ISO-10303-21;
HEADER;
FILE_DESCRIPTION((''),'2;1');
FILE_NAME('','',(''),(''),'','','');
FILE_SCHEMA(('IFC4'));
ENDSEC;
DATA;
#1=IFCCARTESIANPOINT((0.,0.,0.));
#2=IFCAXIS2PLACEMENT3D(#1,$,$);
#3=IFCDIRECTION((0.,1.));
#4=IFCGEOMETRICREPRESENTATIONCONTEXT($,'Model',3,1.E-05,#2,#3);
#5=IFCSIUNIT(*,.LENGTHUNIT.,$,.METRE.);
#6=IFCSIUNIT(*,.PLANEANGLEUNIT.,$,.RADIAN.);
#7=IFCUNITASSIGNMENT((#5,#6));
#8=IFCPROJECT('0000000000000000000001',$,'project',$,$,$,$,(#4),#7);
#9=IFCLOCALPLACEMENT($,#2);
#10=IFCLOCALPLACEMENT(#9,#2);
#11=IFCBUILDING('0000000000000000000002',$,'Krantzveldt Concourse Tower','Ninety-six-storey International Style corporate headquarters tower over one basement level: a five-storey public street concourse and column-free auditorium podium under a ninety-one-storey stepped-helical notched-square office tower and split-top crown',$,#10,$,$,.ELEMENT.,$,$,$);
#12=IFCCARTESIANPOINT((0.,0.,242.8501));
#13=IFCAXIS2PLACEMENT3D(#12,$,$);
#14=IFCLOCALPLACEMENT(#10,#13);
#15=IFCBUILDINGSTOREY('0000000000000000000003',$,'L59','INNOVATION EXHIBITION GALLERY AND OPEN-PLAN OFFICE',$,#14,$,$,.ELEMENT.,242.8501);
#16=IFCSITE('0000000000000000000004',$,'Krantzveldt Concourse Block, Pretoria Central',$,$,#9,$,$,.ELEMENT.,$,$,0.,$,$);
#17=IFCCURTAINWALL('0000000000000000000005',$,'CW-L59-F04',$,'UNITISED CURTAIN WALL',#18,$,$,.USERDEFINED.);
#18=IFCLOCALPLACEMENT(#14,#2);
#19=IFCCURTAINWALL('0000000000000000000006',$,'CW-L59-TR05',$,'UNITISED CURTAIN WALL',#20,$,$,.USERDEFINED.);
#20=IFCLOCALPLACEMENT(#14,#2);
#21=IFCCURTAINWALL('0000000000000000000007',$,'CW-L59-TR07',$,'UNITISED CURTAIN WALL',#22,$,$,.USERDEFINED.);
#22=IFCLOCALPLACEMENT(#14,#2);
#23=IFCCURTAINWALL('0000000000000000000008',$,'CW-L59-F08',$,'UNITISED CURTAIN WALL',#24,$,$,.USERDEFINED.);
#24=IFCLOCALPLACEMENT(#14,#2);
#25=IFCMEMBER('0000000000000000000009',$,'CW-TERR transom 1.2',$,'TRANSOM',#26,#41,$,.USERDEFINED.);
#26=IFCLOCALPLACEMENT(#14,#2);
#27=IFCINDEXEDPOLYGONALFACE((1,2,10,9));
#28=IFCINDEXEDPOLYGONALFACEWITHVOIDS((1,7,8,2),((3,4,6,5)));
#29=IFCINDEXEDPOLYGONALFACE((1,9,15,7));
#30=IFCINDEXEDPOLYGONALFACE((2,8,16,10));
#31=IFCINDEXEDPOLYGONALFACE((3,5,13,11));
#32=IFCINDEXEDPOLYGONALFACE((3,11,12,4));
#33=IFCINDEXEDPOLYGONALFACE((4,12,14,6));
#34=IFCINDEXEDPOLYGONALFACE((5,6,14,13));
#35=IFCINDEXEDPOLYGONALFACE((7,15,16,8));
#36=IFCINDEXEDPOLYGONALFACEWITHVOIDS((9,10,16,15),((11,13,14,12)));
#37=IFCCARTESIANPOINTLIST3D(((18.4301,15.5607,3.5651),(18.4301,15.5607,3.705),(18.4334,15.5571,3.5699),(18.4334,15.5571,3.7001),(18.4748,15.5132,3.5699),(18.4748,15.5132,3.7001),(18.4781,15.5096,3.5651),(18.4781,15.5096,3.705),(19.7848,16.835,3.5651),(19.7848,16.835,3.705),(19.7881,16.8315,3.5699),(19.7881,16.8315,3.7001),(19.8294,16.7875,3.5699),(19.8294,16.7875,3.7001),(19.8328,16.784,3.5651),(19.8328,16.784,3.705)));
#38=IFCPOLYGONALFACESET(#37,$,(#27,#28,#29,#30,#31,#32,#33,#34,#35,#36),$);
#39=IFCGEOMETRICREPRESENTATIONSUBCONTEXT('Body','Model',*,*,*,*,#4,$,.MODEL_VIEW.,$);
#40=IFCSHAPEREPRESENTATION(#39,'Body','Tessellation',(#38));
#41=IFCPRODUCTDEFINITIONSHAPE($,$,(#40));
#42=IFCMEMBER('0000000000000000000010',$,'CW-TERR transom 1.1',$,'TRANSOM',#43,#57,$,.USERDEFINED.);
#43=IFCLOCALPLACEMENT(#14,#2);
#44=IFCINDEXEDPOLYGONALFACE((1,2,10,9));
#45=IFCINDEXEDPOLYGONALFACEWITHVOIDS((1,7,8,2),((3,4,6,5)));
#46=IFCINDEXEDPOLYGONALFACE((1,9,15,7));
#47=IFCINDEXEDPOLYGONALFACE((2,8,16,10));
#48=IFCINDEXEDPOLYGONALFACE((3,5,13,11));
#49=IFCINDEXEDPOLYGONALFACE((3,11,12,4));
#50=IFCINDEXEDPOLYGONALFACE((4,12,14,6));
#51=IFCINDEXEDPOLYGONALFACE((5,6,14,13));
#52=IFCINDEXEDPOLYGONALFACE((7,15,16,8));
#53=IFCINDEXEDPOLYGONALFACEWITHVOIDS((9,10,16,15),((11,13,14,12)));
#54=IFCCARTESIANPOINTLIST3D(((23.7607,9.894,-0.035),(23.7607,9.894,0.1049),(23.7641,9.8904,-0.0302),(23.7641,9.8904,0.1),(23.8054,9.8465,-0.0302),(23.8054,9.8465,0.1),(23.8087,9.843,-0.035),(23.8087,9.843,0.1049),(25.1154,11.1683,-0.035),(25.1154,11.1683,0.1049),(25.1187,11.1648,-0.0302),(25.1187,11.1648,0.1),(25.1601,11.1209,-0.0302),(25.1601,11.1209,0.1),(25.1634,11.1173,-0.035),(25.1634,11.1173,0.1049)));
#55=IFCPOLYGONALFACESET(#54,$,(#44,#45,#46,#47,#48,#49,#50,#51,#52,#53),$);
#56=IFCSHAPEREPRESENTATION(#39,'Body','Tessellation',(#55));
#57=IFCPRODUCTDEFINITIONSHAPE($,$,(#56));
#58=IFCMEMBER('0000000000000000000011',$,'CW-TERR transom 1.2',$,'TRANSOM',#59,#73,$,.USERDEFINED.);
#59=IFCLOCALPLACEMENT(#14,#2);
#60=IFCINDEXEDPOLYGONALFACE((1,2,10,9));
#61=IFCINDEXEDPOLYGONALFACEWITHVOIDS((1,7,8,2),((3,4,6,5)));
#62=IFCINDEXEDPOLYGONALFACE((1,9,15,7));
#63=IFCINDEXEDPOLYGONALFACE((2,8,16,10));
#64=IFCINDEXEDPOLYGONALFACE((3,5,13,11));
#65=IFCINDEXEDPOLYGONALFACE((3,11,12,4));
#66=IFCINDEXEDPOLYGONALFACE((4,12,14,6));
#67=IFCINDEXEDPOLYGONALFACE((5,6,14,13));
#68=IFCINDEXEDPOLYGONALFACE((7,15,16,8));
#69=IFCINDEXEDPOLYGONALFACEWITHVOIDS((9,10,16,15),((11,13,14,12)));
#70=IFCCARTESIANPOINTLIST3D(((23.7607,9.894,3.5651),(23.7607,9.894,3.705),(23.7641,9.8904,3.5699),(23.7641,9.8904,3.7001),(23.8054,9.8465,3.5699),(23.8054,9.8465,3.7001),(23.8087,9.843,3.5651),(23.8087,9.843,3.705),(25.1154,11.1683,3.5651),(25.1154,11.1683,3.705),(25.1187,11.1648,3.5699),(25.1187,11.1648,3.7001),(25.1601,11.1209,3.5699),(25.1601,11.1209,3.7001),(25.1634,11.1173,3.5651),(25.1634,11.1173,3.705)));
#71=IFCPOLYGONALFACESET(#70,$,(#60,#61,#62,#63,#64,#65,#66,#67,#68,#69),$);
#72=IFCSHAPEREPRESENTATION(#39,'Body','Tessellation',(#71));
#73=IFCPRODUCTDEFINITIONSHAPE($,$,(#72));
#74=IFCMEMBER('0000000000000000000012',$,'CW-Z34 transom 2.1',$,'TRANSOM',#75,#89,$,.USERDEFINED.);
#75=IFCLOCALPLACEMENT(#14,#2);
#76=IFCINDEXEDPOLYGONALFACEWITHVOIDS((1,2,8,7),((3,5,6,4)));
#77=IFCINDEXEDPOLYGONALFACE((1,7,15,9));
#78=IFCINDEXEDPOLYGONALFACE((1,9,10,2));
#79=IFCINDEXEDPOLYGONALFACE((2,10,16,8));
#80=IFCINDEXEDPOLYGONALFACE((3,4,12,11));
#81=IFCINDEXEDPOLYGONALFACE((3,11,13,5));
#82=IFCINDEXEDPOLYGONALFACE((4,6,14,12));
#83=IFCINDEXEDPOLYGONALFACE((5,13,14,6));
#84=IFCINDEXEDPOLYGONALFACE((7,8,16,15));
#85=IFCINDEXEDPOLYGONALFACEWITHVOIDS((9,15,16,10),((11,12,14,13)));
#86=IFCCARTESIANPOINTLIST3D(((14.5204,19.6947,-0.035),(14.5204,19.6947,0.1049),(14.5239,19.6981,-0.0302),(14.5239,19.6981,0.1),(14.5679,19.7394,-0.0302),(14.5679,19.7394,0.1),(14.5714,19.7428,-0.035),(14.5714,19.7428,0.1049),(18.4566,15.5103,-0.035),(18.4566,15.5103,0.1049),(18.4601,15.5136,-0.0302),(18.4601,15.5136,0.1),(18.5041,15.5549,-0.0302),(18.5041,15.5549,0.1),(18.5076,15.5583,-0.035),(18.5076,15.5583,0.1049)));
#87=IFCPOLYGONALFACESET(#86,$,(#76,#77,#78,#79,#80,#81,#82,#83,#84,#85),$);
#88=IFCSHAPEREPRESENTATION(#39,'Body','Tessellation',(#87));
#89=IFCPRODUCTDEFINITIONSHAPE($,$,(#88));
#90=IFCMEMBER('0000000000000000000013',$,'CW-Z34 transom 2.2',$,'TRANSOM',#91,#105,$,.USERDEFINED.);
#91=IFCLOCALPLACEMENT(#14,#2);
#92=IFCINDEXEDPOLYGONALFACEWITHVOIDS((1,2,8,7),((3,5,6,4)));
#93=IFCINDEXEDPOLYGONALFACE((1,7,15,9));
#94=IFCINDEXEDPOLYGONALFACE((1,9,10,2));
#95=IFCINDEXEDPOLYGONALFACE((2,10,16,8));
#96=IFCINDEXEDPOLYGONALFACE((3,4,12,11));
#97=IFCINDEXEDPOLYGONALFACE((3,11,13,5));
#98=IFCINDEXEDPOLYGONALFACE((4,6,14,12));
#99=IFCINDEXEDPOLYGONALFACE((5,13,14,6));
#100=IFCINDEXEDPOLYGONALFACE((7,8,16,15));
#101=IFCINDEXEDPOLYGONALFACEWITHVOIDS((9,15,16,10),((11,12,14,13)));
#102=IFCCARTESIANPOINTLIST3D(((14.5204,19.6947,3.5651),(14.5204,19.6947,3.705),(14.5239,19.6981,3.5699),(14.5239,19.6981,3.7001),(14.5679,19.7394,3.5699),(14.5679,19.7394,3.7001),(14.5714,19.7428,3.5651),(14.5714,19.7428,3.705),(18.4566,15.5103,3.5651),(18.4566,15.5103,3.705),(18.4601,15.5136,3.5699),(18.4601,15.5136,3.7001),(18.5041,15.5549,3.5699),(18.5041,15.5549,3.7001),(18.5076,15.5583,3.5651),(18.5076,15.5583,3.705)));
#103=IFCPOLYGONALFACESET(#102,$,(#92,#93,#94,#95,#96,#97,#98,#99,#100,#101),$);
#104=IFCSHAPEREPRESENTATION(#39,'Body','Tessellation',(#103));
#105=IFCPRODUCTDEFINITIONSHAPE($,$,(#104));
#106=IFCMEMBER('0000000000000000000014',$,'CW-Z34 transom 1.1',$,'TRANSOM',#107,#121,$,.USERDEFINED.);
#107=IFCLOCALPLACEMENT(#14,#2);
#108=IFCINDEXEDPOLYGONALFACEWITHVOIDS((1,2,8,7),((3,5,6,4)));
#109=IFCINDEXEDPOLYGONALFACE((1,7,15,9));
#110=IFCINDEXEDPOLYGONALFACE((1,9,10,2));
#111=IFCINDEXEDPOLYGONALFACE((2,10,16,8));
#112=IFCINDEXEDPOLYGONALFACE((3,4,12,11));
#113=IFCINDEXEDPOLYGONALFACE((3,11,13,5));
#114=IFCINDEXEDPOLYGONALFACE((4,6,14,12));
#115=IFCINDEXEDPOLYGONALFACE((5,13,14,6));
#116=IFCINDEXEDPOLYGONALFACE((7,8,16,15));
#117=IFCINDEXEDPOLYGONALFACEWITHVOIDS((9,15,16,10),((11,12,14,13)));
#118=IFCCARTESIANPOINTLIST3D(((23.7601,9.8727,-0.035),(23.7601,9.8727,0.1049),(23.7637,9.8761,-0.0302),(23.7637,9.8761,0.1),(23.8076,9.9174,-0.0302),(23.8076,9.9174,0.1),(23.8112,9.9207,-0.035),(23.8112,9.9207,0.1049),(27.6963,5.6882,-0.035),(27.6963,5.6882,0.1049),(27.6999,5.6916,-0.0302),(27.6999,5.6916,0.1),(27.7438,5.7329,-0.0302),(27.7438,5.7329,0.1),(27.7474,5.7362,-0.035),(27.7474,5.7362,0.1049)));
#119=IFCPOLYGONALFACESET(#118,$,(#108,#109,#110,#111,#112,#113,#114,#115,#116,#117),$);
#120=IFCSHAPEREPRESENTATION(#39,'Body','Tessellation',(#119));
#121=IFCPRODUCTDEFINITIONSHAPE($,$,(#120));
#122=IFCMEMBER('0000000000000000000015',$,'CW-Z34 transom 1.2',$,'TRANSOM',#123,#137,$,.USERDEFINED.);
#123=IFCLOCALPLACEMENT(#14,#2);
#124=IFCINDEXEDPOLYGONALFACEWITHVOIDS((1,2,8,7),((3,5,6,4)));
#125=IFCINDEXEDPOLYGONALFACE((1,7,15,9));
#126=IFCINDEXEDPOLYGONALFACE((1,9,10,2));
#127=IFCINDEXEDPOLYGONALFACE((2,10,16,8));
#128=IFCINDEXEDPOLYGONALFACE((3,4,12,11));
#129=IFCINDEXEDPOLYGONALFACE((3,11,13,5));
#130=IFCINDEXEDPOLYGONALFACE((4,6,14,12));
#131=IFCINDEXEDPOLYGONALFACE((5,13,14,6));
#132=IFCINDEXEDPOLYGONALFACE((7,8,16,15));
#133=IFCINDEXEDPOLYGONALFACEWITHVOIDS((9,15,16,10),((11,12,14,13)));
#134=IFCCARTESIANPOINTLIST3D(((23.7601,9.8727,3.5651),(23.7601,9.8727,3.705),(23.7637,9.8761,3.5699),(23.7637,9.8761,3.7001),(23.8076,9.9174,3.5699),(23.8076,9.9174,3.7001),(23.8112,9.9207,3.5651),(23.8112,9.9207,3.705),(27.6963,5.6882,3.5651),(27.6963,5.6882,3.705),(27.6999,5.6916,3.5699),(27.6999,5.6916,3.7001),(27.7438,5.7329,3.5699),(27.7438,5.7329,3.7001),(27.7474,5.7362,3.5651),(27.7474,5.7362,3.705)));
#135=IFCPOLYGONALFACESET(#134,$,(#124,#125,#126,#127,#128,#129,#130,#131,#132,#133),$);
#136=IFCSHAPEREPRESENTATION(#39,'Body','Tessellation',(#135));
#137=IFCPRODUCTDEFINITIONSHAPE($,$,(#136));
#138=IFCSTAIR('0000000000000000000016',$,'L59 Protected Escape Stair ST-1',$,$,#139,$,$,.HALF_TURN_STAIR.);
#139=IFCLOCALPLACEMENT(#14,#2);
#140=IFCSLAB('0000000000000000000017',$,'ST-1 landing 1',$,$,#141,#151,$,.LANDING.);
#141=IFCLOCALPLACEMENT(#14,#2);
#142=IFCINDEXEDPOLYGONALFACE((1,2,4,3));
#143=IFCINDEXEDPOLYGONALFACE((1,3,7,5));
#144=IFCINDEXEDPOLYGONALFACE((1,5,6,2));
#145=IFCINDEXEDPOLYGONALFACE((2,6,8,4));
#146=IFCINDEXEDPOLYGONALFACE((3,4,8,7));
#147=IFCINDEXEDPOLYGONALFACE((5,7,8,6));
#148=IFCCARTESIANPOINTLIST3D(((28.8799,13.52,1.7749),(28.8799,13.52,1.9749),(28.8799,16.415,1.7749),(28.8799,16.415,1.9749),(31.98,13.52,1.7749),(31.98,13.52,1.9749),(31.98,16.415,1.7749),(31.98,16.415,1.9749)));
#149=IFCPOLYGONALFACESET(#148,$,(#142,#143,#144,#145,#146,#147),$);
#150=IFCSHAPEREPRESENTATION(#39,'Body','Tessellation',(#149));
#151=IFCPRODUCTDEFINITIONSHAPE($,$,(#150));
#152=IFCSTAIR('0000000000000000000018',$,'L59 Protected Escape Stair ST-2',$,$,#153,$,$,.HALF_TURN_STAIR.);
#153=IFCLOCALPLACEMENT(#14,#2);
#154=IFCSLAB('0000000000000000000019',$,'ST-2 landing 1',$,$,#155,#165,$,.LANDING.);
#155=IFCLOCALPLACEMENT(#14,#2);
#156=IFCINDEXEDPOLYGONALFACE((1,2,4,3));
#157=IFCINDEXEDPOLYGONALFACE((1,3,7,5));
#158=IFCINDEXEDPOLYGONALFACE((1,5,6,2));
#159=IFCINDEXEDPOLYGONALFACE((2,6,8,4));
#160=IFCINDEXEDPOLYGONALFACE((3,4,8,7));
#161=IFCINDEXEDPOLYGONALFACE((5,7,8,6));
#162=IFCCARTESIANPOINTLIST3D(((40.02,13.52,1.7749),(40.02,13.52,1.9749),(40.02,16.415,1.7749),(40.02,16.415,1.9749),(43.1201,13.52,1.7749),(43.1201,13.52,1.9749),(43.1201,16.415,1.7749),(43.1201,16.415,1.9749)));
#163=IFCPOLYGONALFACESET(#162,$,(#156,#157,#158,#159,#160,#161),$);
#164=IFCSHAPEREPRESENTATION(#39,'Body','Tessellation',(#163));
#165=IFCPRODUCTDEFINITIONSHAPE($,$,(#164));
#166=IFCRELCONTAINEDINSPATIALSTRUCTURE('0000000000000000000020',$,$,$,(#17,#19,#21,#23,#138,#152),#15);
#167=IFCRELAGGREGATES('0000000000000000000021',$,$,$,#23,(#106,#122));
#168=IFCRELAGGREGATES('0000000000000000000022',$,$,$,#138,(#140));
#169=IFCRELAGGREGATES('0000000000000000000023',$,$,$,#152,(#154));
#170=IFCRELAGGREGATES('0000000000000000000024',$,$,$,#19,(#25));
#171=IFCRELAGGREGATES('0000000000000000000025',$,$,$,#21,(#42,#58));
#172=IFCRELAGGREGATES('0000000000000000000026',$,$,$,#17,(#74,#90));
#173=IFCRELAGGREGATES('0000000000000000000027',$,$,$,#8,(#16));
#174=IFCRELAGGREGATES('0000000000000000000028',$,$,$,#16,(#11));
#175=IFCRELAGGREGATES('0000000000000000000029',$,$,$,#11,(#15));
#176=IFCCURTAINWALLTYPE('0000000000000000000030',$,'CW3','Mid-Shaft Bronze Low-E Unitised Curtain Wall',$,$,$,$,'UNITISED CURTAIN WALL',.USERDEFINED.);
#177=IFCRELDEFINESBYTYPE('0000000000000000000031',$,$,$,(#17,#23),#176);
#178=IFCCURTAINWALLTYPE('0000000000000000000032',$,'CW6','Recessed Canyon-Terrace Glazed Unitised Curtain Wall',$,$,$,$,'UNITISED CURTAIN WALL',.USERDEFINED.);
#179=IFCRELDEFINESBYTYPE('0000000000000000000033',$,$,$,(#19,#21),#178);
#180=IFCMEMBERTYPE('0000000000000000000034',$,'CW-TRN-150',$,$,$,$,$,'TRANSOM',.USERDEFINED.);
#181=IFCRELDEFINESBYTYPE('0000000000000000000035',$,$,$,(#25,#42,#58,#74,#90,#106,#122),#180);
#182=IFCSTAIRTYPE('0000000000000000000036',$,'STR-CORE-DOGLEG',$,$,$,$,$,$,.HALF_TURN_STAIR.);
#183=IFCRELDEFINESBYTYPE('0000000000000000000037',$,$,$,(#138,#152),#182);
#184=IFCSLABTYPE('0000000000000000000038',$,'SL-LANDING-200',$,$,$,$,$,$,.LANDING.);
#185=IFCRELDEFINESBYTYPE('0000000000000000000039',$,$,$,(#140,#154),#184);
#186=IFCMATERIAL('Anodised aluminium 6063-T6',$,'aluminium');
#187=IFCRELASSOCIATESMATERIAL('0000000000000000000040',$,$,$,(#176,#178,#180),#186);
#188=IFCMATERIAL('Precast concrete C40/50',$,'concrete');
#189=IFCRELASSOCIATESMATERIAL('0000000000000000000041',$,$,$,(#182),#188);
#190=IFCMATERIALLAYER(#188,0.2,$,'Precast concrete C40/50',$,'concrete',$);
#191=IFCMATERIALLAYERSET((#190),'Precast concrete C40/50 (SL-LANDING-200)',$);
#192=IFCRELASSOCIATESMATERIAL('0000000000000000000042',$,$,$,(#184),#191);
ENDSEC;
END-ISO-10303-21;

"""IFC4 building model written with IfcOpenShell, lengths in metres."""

from ifc_helpers import new_model, si_unit, direction, frame, origin, origin_2d, place, context, subcontext, project, spatial, polyline, hollow_rectangle, outline, extrude, source, transform, mapped, material, layer, layer_set, material_profile, profile_set, type_object, type_shapes, element, aggregate, save


model = new_model("IFC4")

# Units and contexts
model_context = context("Model", 3, precision=1e-05, world=origin(), true_north=direction((0.0, 1.0)))
body_context = subcontext(model_context, "Body", "Model", "MODEL_VIEW")
ifc_project = project(units=[si_unit("LENGTHUNIT", "METRE"), si_unit("PLANEANGLEUNIT", "RADIAN")], contexts=[model_context])

# Site, building, storey
site_placement = place(None, origin())
site = spatial("IfcSite", under=ifc_project, at=site_placement, Name="Krantzveldt Concourse Block, Pretoria Central", CompositionType="ELEMENT", RefElevation=0.0)
building_placement = place(site_placement, origin())
building = spatial("IfcBuilding", under=site, at=building_placement, Name="Krantzveldt Concourse Tower", Description="Ninety-six-storey International Style corporate headquarters tower over one basement level: a five-storey public street concourse and column-free auditorium podium under a ninety-one-storey stepped-helical notched-square office tower and split-top crown", CompositionType="ELEMENT")
storey_placement = place(building_placement, frame((0.0, 0.0, 242.8501)))
storey = spatial("IfcBuildingStorey", under=building, at=storey_placement, Name="L59", Description="INNOVATION EXHIBITION GALLERY AND OPEN-PLAN OFFICE", CompositionType="ELEMENT", Elevation=242.8501)

# Curtain walls
ifc_material_1 = material(Name="Anodised aluminium 6063-T6", Category="aluminium")
curtain_wall_type_1 = type_object("IfcCurtainWallType", Name="CW3", Description="Mid-Shaft Bronze Low-E Unitised Curtain Wall", ElementType="UNITISED CURTAIN WALL", PredefinedType="USERDEFINED", material=ifc_material_1)
curtain_wall_1_placement = place(storey_placement, origin())
curtain_wall_1 = element("IfcCurtainWall", 1, at=curtain_wall_1_placement, inside=storey, type_object=curtain_wall_type_1, Name="CW-L59-F04", ObjectType="UNITISED CURTAIN WALL", PredefinedType="USERDEFINED")
curtain_wall_type_2 = type_object("IfcCurtainWallType", Name="CW6", Description="Recessed Canyon-Terrace Glazed Unitised Curtain Wall", ElementType="UNITISED CURTAIN WALL", PredefinedType="USERDEFINED", material=ifc_material_1)
curtain_wall_2_placement = place(storey_placement, origin())
curtain_wall_2 = element("IfcCurtainWall", 2, at=curtain_wall_2_placement, inside=storey, type_object=curtain_wall_type_2, Name="CW-L59-TR05", ObjectType="UNITISED CURTAIN WALL", PredefinedType="USERDEFINED")

# Curtain walls
curtain_wall_3_placement = place(storey_placement, origin())
curtain_wall_3 = element("IfcCurtainWall", 3, at=curtain_wall_3_placement, inside=storey, type_object=curtain_wall_type_2, Name="CW-L59-TR07", ObjectType="UNITISED CURTAIN WALL", PredefinedType="USERDEFINED")
curtain_wall_4_placement = place(storey_placement, origin())
curtain_wall_4 = element("IfcCurtainWall", 4, at=curtain_wall_4_placement, inside=storey, type_object=curtain_wall_type_1, Name="CW-L59-F08", ObjectType="UNITISED CURTAIN WALL", PredefinedType="USERDEFINED")

# Members
ifc_material_profile_1 = material_profile(ifc_material_1, hollow_rectangle(XDim=0.0701, YDim=0.1399, WallThickness=0.0049, at=origin_2d()), Name="Anodised aluminium 6063-T6", Category="aluminium")
ifc_profile_set_1 = profile_set([ifc_material_profile_1], Name="Anodised aluminium 6063-T6 - ALU-TRAN 140x70x5")
member_type_1 = type_object("IfcMemberType", Name="CW-TRN-150", ElementType="TRANSOM", PredefinedType="USERDEFINED", material=ifc_profile_set_1)
shared_shape_1 = source(origin(), body_context, "Body", "SweptSolid", [
    extrude(hollow_rectangle(XDim=0.0701, YDim=0.1399, WallThickness=0.0049, at=origin_2d()), origin(), (0.0, 0.0, 1.0), 1.8599),
])
member_1_placement = place(storey_placement, frame((18.4541, 15.5352, 3.635), z_axis=(0.72837, 0.685185, 0.0), x_axis=(-0.685185, 0.72837, 0.0)))
member_1 = element("IfcMember", 5, at=member_1_placement, type_object=member_type_1, Name="CW-TERR transom 1.2", ObjectType="TRANSOM", PredefinedType="USERDEFINED", context=body_context, shape_type="MappedRepresentation", body=[
    mapped(shared_shape_1, transform((0.0, 0.0, 0.0), x_axis=(1.0, 0.0, 0.0), y_axis=(0.0, 1.0, 0.0), z_axis=(0.0, 0.0, 1.0), scale=1.0)),
])
member_2_placement = place(storey_placement, frame((25.1394, 11.1428, 0.0349), z_axis=(-0.72837, -0.685185, 0.0), x_axis=(0.685185, -0.72837, 0.0)))
member_2 = element("IfcMember", 6, at=member_2_placement, type_object=member_type_1, Name="CW-TERR transom 1.1", ObjectType="TRANSOM", PredefinedType="USERDEFINED", context=body_context, shape_type="MappedRepresentation", body=[
    mapped(shared_shape_1, transform((0.0, 0.0, 0.0), x_axis=(1.0, 0.0, 0.0), y_axis=(0.0, 1.0, 0.0), z_axis=(0.0, 0.0, 1.0), scale=1.0)),
])
member_3_placement = place(storey_placement, frame((25.1394, 11.1428, 3.635), z_axis=(-0.72837, -0.685185, 0.0), x_axis=(0.685185, -0.72837, 0.0)))
member_3 = element("IfcMember", 7, at=member_3_placement, type_object=member_type_1, Name="CW-TERR transom 1.2", ObjectType="TRANSOM", PredefinedType="USERDEFINED", context=body_context, shape_type="MappedRepresentation", body=[
    mapped(shared_shape_1, transform((0.0, 0.0, 0.0), x_axis=(1.0, 0.0, 0.0), y_axis=(0.0, 1.0, 0.0), z_axis=(0.0, 0.0, 1.0), scale=1.0)),
])
shared_shape_2 = source(origin(), body_context, "Body", "SweptSolid", [
    extrude(hollow_rectangle(XDim=0.0701, YDim=0.1399, WallThickness=0.0049, at=origin_2d()), origin(), (0.0, 0.0, 1.0), 5.7449),
])
type_shapes(member_type_1, [shared_shape_1, shared_shape_2])
member_4_placement = place(storey_placement, frame((14.5459, 19.7188, 0.0349), z_axis=(0.685167, -0.728386, 0.0), x_axis=(0.728386, 0.685167, 0.0)))
member_4 = element("IfcMember", 8, at=member_4_placement, type_object=member_type_1, Name="CW-Z34 transom 2.1", ObjectType="TRANSOM", PredefinedType="USERDEFINED", context=body_context, shape_type="MappedRepresentation", body=[
    mapped(shared_shape_2, transform((0.0, 0.0, 0.0), x_axis=(1.0, 0.0, 0.0), y_axis=(0.0, 1.0, 0.0), z_axis=(0.0, 0.0, 1.0), scale=1.0)),
])
member_5_placement = place(storey_placement, frame((14.5459, 19.7188, 3.635), z_axis=(0.685167, -0.728386, 0.0), x_axis=(0.728386, 0.685167, 0.0)))
member_5 = element("IfcMember", 9, at=member_5_placement, type_object=member_type_1, Name="CW-Z34 transom 2.2", ObjectType="TRANSOM", PredefinedType="USERDEFINED", context=body_context, shape_type="MappedRepresentation", body=[
    mapped(shared_shape_2, transform((0.0, 0.0, 0.0), x_axis=(1.0, 0.0, 0.0), y_axis=(0.0, 1.0, 0.0), z_axis=(0.0, 0.0, 1.0), scale=1.0)),
])
member_6_placement = place(storey_placement, frame((23.7856, 9.8967, 0.0349), z_axis=(0.685167, -0.728386, 0.0), x_axis=(0.728386, 0.685167, 0.0)))
member_6 = element("IfcMember", 10, at=member_6_placement, type_object=member_type_1, Name="CW-Z34 transom 1.1", ObjectType="TRANSOM", PredefinedType="USERDEFINED", context=body_context, shape_type="MappedRepresentation", body=[
    mapped(shared_shape_2, transform((0.0, 0.0, 0.0), x_axis=(1.0, 0.0, 0.0), y_axis=(0.0, 1.0, 0.0), z_axis=(0.0, 0.0, 1.0), scale=1.0)),
])
member_7_placement = place(storey_placement, frame((23.7856, 9.8967, 3.635), z_axis=(0.685167, -0.728386, 0.0), x_axis=(0.728386, 0.685167, 0.0)))
member_7 = element("IfcMember", 11, at=member_7_placement, type_object=member_type_1, Name="CW-Z34 transom 1.2", ObjectType="TRANSOM", PredefinedType="USERDEFINED", context=body_context, shape_type="MappedRepresentation", body=[
    mapped(shared_shape_2, transform((0.0, 0.0, 0.0), x_axis=(1.0, 0.0, 0.0), y_axis=(0.0, 1.0, 0.0), z_axis=(0.0, 0.0, 1.0), scale=1.0)),
])
aggregate(curtain_wall_4, [member_6, member_7])

# Stairs, slabs
ifc_material_2 = material(Name="Precast concrete C40/50", Category="concrete")
stair_type = type_object("IfcStairType", Name="STR-CORE-DOGLEG", PredefinedType="HALF_TURN_STAIR", material=ifc_material_2)
stair_1_placement = place(storey_placement, origin())
stair_1 = element("IfcStair", 12, at=stair_1_placement, inside=storey, type_object=stair_type, Name="L59 Protected Escape Stair ST-1", PredefinedType="HALF_TURN_STAIR")
ifc_layer_1 = layer(ifc_material_2, 0.2, Name="Precast concrete C40/50", Category="concrete")
ifc_layer_set_1 = layer_set([ifc_layer_1], Name="Precast concrete C40/50 (SL-LANDING-200)")
slab_type_1 = type_object("IfcSlabType", Name="SL-LANDING-200", PredefinedType="LANDING", material=ifc_layer_set_1)
slab_1_placement = place(storey_placement, frame((0.0, 0.0, 1.7749)))
slab_1 = element("IfcSlab", 13, at=slab_1_placement, type_object=slab_type_1, Name="ST-1 landing 1", PredefinedType="LANDING", context=body_context, shape_type="SweptSolid", body=[
    extrude(outline(polyline([(28.8799, 16.415), (28.8799, 13.52), (31.98, 13.52), (31.98, 16.415), (28.8799, 16.415)])), origin(), (0.0, 0.0, 1.0), 0.2),
])
aggregate(stair_1, [slab_1])
stair_2_placement = place(storey_placement, origin())
stair_2 = element("IfcStair", 14, at=stair_2_placement, inside=storey, type_object=stair_type, Name="L59 Protected Escape Stair ST-2", PredefinedType="HALF_TURN_STAIR")
slab_2_placement = place(storey_placement, frame((0.0, 0.0, 1.7749)))
slab_2 = element("IfcSlab", 15, at=slab_2_placement, type_object=slab_type_1, Name="ST-2 landing 1", PredefinedType="LANDING", context=body_context, shape_type="SweptSolid", body=[
    extrude(outline(polyline([(40.02, 16.415), (40.02, 13.52), (43.1201, 13.52), (43.1201, 16.415), (40.02, 16.415)])), origin(), (0.0, 0.0, 1.0), 0.2),
])
aggregate(stair_2, [slab_2])

aggregate(curtain_wall_2, [member_1])
aggregate(curtain_wall_3, [member_2, member_3])
aggregate(curtain_wall_1, [member_4, member_5])

save(model, "model.ifc")
